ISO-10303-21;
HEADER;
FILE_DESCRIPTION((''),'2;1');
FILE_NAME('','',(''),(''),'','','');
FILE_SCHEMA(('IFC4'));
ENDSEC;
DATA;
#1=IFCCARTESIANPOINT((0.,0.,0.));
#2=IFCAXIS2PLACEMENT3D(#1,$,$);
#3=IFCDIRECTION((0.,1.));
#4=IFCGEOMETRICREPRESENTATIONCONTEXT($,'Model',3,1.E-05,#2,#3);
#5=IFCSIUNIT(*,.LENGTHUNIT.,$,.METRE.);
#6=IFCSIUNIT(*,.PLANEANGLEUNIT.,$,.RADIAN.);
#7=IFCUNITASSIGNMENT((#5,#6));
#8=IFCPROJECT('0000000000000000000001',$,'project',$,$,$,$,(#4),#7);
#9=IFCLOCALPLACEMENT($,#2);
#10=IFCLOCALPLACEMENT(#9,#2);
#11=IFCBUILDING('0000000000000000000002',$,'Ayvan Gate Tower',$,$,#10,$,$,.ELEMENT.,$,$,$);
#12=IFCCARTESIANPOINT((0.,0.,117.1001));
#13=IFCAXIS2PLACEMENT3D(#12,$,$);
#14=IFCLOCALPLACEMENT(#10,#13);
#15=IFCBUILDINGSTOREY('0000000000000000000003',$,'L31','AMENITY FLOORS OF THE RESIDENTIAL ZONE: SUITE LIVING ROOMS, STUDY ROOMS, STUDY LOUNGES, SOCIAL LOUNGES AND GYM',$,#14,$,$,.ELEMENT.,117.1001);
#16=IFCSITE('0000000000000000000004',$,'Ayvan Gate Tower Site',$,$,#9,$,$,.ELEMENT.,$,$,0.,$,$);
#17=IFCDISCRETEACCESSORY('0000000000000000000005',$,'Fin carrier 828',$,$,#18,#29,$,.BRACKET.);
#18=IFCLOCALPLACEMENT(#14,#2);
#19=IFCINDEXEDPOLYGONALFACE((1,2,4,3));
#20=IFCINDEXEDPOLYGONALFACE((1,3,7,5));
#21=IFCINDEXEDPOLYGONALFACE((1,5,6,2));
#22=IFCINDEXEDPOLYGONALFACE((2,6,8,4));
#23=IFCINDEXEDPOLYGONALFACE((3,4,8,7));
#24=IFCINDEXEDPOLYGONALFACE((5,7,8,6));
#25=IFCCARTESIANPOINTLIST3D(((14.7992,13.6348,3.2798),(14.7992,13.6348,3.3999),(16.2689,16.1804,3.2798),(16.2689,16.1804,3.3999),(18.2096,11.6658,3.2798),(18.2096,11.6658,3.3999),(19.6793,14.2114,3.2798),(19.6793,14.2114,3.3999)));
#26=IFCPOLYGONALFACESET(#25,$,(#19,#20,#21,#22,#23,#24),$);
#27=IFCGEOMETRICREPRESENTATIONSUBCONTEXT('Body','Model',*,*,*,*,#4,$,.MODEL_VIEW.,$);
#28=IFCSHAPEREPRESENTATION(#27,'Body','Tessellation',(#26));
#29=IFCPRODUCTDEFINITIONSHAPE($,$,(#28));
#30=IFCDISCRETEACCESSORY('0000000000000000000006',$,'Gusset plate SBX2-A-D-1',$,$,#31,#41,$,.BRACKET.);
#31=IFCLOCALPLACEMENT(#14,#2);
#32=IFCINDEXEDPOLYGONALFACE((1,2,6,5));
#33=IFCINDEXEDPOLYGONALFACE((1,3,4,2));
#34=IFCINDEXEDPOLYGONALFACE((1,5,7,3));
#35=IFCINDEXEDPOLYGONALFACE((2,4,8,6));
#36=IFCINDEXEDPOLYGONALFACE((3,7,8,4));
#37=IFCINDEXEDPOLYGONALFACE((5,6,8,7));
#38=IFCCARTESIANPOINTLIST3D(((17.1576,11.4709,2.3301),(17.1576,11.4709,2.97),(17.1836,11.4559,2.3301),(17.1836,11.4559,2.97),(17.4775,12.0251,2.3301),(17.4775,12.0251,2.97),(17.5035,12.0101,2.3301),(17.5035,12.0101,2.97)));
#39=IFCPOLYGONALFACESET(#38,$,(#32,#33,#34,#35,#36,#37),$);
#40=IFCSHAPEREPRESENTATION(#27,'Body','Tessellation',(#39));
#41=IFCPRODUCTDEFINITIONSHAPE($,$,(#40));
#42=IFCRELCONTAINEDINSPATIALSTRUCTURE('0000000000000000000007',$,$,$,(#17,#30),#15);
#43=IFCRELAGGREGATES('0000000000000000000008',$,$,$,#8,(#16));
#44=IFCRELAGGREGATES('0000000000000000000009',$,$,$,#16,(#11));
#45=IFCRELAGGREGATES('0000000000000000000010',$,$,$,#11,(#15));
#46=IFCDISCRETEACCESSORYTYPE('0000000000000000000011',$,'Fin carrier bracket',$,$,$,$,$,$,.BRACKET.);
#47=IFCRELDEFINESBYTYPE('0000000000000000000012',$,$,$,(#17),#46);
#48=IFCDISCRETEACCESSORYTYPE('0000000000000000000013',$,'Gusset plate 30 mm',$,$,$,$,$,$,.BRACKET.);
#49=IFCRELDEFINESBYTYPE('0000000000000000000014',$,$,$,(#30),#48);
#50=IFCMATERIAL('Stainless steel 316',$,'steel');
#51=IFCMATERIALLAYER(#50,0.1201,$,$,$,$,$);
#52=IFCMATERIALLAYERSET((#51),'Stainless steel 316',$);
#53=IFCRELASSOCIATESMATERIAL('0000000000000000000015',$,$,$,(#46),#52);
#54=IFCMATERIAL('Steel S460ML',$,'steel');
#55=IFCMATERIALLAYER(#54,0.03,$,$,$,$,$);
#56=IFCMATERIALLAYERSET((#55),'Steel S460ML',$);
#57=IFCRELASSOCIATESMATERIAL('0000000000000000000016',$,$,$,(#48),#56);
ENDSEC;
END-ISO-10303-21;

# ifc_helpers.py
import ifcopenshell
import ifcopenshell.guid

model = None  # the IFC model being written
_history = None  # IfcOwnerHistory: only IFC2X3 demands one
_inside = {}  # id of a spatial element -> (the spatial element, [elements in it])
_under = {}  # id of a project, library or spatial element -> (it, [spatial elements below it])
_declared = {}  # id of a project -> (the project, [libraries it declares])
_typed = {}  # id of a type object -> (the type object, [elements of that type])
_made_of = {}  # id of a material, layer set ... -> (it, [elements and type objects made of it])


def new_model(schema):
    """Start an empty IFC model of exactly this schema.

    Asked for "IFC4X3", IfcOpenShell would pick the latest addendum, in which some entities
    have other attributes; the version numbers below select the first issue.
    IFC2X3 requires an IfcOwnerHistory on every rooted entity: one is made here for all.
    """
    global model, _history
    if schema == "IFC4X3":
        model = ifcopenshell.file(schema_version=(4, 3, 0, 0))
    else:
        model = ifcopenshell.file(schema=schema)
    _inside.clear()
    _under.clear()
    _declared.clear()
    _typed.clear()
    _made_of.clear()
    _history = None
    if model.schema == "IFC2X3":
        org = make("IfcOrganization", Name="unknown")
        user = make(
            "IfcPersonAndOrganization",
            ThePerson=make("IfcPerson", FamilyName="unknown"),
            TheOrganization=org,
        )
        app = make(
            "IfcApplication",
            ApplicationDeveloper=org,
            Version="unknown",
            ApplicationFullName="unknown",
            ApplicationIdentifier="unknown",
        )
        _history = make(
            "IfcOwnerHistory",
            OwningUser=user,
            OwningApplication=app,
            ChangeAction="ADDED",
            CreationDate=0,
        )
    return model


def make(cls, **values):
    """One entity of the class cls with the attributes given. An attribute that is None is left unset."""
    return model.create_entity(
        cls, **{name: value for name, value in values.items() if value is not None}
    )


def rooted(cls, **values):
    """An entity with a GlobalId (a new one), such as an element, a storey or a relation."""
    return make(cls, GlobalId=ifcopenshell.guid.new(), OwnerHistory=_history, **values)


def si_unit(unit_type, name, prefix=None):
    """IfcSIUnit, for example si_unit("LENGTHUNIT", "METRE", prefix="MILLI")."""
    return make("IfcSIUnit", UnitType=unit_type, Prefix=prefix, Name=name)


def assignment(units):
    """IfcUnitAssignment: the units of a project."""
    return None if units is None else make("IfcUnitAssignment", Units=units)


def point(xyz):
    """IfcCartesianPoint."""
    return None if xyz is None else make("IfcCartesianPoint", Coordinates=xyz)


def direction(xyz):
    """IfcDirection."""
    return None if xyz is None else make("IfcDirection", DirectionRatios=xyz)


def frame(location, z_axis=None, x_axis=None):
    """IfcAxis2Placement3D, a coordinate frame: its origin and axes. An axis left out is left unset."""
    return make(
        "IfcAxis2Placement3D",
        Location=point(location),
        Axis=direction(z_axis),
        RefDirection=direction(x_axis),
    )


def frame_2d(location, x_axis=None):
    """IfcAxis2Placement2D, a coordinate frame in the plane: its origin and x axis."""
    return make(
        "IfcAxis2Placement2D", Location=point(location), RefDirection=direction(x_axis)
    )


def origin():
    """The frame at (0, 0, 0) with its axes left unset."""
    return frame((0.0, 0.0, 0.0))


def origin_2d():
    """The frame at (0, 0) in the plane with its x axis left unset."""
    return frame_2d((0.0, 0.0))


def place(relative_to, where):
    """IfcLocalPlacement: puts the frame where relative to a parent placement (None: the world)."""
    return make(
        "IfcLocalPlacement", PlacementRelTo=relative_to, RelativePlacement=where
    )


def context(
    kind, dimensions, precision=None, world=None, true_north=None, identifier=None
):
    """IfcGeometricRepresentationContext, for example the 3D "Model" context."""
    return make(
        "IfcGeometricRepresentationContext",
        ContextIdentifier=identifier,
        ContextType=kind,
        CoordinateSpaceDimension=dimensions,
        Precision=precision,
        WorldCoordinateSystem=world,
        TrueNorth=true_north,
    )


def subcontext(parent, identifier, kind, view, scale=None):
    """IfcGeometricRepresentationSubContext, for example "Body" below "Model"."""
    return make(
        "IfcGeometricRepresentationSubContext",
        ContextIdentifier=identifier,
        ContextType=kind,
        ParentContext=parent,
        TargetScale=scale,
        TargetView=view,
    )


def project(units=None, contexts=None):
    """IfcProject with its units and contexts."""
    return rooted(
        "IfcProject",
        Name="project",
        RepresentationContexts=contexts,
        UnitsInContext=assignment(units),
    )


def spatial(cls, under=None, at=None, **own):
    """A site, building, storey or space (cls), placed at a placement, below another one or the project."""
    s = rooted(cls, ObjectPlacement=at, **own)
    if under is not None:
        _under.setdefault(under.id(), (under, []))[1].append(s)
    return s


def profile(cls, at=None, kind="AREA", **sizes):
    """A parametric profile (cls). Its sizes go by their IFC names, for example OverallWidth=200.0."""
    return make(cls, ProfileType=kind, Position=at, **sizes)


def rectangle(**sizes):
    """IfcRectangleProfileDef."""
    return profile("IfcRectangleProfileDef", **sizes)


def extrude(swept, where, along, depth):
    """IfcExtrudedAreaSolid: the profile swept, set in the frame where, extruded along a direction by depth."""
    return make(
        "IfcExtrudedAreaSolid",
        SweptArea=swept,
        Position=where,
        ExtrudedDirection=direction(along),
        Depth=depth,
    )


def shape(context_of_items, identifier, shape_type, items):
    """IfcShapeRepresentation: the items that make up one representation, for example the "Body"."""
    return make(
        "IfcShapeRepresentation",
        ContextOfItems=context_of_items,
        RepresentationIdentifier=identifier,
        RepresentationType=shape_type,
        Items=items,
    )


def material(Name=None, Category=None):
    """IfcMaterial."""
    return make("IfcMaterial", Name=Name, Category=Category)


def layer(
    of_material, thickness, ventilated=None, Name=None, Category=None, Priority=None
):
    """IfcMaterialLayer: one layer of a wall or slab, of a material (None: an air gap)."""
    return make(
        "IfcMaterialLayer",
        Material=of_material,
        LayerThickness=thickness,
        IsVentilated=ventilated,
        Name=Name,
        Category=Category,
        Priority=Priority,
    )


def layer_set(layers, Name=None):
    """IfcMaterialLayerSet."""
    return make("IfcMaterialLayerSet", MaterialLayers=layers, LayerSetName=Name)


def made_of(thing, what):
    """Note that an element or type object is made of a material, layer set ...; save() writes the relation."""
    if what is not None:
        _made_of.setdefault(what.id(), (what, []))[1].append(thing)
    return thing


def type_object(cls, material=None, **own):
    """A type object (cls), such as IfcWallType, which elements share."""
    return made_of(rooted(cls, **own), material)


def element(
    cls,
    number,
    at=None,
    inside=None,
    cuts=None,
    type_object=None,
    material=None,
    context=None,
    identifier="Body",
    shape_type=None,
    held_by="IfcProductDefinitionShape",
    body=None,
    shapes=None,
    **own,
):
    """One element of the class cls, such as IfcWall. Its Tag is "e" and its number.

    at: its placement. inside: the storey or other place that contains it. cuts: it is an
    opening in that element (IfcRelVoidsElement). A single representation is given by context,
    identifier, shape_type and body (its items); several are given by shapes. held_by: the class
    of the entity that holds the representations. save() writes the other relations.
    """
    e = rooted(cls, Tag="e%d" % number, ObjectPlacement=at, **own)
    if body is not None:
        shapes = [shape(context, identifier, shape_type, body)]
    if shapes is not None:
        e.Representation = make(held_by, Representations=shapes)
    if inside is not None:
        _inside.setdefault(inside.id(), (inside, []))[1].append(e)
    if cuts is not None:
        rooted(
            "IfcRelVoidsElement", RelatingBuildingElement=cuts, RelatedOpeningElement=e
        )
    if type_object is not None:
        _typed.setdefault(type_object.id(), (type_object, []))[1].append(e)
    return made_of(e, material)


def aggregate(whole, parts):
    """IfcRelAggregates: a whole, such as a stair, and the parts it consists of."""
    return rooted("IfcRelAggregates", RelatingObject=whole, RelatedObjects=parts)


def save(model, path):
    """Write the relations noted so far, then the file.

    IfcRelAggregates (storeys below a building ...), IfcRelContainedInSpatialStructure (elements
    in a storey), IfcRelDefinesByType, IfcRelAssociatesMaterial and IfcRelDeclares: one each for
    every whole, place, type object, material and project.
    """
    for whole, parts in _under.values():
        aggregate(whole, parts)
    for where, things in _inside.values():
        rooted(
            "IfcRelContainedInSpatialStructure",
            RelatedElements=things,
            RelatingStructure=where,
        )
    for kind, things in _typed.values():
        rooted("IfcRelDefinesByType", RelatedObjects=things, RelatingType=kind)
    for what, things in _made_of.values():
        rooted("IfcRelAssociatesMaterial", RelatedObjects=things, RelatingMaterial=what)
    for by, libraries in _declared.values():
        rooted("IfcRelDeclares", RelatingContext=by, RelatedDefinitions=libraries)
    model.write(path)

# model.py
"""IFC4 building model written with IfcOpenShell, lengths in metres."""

from ifc_helpers import new_model, si_unit, direction, frame, origin, origin_2d, place, context, subcontext, project, spatial, rectangle, extrude, material, layer, layer_set, type_object, element, save


model = new_model("IFC4")

# Units and contexts
model_context = context("Model", 3, precision=1e-05, world=origin(), true_north=direction((0.0, 1.0)))
body_context = subcontext(model_context, "Body", "Model", "MODEL_VIEW")
ifc_project = project(units=[si_unit("LENGTHUNIT", "METRE"), si_unit("PLANEANGLEUNIT", "RADIAN")], contexts=[model_context])

# Site, building, storey
site_placement = place(None, origin())
site = spatial("IfcSite", under=ifc_project, at=site_placement, Name="Ayvan Gate Tower Site", CompositionType="ELEMENT", RefElevation=0.0)
building_placement = place(site_placement, origin())
building = spatial("IfcBuilding", under=site, at=building_placement, Name="Ayvan Gate Tower", CompositionType="ELEMENT")
storey_placement = place(building_placement, frame((0.0, 0.0, 117.1001)))
storey = spatial("IfcBuildingStorey", under=building, at=storey_placement, Name="L31", Description="AMENITY FLOORS OF THE RESIDENTIAL ZONE: SUITE LIVING ROOMS, STUDY ROOMS, STUDY LOUNGES, SOCIAL LOUNGES AND GYM", CompositionType="ELEMENT", Elevation=117.1001)

# Discrete accessories
ifc_material_1 = material(Name="Stainless steel 316", Category="steel")
ifc_layer_1 = layer(ifc_material_1, 0.1201)
ifc_layer_set_1 = layer_set([ifc_layer_1], Name="Stainless steel 316")
discrete_accessory_type_1 = type_object("IfcDiscreteAccessoryType", Name="Fin carrier bracket", PredefinedType="BRACKET", material=ifc_layer_set_1)
discrete_accessory_1_placement = place(storey_placement, frame((17.2393, 13.9231, 3.2798), z_axis=(0.0, 0.0, 1.0), x_axis=(-0.866025, 0.5, 0.0)))
element("IfcDiscreteAccessory", 1, at=discrete_accessory_1_placement, inside=storey, type_object=discrete_accessory_type_1, Name="Fin carrier 828", PredefinedType="BRACKET", context=body_context, shape_type="SweptSolid", body=[
    extrude(rectangle(XDim=3.938, YDim=2.9395, at=origin_2d()), origin(), (0.0, 0.0, 1.0), 0.1201),
])
ifc_material_2 = material(Name="Steel S460ML", Category="steel")
ifc_layer_2 = layer(ifc_material_2, 0.03)
ifc_layer_set_2 = layer_set([ifc_layer_2], Name="Steel S460ML")
discrete_accessory_type_2 = type_object("IfcDiscreteAccessoryType", Name="Gusset plate 30 mm", PredefinedType="BRACKET", material=ifc_layer_set_2)
discrete_accessory_2_placement = place(storey_placement, frame((17.3306, 11.7405, 2.3301), z_axis=(0.0, 0.0, 1.0), x_axis=(0.5, 0.866025, 0.0)))
element("IfcDiscreteAccessory", 2, at=discrete_accessory_2_placement, inside=storey, type_object=discrete_accessory_type_2, Name="Gusset plate SBX2-A-D-1", PredefinedType="BRACKET", context=body_context, shape_type="SweptSolid", body=[
    extrude(rectangle(XDim=0.6399, YDim=0.03, at=origin_2d()), origin(), (0.0, 0.0, 1.0), 0.6399),
])

save(model, "model.ifc")
